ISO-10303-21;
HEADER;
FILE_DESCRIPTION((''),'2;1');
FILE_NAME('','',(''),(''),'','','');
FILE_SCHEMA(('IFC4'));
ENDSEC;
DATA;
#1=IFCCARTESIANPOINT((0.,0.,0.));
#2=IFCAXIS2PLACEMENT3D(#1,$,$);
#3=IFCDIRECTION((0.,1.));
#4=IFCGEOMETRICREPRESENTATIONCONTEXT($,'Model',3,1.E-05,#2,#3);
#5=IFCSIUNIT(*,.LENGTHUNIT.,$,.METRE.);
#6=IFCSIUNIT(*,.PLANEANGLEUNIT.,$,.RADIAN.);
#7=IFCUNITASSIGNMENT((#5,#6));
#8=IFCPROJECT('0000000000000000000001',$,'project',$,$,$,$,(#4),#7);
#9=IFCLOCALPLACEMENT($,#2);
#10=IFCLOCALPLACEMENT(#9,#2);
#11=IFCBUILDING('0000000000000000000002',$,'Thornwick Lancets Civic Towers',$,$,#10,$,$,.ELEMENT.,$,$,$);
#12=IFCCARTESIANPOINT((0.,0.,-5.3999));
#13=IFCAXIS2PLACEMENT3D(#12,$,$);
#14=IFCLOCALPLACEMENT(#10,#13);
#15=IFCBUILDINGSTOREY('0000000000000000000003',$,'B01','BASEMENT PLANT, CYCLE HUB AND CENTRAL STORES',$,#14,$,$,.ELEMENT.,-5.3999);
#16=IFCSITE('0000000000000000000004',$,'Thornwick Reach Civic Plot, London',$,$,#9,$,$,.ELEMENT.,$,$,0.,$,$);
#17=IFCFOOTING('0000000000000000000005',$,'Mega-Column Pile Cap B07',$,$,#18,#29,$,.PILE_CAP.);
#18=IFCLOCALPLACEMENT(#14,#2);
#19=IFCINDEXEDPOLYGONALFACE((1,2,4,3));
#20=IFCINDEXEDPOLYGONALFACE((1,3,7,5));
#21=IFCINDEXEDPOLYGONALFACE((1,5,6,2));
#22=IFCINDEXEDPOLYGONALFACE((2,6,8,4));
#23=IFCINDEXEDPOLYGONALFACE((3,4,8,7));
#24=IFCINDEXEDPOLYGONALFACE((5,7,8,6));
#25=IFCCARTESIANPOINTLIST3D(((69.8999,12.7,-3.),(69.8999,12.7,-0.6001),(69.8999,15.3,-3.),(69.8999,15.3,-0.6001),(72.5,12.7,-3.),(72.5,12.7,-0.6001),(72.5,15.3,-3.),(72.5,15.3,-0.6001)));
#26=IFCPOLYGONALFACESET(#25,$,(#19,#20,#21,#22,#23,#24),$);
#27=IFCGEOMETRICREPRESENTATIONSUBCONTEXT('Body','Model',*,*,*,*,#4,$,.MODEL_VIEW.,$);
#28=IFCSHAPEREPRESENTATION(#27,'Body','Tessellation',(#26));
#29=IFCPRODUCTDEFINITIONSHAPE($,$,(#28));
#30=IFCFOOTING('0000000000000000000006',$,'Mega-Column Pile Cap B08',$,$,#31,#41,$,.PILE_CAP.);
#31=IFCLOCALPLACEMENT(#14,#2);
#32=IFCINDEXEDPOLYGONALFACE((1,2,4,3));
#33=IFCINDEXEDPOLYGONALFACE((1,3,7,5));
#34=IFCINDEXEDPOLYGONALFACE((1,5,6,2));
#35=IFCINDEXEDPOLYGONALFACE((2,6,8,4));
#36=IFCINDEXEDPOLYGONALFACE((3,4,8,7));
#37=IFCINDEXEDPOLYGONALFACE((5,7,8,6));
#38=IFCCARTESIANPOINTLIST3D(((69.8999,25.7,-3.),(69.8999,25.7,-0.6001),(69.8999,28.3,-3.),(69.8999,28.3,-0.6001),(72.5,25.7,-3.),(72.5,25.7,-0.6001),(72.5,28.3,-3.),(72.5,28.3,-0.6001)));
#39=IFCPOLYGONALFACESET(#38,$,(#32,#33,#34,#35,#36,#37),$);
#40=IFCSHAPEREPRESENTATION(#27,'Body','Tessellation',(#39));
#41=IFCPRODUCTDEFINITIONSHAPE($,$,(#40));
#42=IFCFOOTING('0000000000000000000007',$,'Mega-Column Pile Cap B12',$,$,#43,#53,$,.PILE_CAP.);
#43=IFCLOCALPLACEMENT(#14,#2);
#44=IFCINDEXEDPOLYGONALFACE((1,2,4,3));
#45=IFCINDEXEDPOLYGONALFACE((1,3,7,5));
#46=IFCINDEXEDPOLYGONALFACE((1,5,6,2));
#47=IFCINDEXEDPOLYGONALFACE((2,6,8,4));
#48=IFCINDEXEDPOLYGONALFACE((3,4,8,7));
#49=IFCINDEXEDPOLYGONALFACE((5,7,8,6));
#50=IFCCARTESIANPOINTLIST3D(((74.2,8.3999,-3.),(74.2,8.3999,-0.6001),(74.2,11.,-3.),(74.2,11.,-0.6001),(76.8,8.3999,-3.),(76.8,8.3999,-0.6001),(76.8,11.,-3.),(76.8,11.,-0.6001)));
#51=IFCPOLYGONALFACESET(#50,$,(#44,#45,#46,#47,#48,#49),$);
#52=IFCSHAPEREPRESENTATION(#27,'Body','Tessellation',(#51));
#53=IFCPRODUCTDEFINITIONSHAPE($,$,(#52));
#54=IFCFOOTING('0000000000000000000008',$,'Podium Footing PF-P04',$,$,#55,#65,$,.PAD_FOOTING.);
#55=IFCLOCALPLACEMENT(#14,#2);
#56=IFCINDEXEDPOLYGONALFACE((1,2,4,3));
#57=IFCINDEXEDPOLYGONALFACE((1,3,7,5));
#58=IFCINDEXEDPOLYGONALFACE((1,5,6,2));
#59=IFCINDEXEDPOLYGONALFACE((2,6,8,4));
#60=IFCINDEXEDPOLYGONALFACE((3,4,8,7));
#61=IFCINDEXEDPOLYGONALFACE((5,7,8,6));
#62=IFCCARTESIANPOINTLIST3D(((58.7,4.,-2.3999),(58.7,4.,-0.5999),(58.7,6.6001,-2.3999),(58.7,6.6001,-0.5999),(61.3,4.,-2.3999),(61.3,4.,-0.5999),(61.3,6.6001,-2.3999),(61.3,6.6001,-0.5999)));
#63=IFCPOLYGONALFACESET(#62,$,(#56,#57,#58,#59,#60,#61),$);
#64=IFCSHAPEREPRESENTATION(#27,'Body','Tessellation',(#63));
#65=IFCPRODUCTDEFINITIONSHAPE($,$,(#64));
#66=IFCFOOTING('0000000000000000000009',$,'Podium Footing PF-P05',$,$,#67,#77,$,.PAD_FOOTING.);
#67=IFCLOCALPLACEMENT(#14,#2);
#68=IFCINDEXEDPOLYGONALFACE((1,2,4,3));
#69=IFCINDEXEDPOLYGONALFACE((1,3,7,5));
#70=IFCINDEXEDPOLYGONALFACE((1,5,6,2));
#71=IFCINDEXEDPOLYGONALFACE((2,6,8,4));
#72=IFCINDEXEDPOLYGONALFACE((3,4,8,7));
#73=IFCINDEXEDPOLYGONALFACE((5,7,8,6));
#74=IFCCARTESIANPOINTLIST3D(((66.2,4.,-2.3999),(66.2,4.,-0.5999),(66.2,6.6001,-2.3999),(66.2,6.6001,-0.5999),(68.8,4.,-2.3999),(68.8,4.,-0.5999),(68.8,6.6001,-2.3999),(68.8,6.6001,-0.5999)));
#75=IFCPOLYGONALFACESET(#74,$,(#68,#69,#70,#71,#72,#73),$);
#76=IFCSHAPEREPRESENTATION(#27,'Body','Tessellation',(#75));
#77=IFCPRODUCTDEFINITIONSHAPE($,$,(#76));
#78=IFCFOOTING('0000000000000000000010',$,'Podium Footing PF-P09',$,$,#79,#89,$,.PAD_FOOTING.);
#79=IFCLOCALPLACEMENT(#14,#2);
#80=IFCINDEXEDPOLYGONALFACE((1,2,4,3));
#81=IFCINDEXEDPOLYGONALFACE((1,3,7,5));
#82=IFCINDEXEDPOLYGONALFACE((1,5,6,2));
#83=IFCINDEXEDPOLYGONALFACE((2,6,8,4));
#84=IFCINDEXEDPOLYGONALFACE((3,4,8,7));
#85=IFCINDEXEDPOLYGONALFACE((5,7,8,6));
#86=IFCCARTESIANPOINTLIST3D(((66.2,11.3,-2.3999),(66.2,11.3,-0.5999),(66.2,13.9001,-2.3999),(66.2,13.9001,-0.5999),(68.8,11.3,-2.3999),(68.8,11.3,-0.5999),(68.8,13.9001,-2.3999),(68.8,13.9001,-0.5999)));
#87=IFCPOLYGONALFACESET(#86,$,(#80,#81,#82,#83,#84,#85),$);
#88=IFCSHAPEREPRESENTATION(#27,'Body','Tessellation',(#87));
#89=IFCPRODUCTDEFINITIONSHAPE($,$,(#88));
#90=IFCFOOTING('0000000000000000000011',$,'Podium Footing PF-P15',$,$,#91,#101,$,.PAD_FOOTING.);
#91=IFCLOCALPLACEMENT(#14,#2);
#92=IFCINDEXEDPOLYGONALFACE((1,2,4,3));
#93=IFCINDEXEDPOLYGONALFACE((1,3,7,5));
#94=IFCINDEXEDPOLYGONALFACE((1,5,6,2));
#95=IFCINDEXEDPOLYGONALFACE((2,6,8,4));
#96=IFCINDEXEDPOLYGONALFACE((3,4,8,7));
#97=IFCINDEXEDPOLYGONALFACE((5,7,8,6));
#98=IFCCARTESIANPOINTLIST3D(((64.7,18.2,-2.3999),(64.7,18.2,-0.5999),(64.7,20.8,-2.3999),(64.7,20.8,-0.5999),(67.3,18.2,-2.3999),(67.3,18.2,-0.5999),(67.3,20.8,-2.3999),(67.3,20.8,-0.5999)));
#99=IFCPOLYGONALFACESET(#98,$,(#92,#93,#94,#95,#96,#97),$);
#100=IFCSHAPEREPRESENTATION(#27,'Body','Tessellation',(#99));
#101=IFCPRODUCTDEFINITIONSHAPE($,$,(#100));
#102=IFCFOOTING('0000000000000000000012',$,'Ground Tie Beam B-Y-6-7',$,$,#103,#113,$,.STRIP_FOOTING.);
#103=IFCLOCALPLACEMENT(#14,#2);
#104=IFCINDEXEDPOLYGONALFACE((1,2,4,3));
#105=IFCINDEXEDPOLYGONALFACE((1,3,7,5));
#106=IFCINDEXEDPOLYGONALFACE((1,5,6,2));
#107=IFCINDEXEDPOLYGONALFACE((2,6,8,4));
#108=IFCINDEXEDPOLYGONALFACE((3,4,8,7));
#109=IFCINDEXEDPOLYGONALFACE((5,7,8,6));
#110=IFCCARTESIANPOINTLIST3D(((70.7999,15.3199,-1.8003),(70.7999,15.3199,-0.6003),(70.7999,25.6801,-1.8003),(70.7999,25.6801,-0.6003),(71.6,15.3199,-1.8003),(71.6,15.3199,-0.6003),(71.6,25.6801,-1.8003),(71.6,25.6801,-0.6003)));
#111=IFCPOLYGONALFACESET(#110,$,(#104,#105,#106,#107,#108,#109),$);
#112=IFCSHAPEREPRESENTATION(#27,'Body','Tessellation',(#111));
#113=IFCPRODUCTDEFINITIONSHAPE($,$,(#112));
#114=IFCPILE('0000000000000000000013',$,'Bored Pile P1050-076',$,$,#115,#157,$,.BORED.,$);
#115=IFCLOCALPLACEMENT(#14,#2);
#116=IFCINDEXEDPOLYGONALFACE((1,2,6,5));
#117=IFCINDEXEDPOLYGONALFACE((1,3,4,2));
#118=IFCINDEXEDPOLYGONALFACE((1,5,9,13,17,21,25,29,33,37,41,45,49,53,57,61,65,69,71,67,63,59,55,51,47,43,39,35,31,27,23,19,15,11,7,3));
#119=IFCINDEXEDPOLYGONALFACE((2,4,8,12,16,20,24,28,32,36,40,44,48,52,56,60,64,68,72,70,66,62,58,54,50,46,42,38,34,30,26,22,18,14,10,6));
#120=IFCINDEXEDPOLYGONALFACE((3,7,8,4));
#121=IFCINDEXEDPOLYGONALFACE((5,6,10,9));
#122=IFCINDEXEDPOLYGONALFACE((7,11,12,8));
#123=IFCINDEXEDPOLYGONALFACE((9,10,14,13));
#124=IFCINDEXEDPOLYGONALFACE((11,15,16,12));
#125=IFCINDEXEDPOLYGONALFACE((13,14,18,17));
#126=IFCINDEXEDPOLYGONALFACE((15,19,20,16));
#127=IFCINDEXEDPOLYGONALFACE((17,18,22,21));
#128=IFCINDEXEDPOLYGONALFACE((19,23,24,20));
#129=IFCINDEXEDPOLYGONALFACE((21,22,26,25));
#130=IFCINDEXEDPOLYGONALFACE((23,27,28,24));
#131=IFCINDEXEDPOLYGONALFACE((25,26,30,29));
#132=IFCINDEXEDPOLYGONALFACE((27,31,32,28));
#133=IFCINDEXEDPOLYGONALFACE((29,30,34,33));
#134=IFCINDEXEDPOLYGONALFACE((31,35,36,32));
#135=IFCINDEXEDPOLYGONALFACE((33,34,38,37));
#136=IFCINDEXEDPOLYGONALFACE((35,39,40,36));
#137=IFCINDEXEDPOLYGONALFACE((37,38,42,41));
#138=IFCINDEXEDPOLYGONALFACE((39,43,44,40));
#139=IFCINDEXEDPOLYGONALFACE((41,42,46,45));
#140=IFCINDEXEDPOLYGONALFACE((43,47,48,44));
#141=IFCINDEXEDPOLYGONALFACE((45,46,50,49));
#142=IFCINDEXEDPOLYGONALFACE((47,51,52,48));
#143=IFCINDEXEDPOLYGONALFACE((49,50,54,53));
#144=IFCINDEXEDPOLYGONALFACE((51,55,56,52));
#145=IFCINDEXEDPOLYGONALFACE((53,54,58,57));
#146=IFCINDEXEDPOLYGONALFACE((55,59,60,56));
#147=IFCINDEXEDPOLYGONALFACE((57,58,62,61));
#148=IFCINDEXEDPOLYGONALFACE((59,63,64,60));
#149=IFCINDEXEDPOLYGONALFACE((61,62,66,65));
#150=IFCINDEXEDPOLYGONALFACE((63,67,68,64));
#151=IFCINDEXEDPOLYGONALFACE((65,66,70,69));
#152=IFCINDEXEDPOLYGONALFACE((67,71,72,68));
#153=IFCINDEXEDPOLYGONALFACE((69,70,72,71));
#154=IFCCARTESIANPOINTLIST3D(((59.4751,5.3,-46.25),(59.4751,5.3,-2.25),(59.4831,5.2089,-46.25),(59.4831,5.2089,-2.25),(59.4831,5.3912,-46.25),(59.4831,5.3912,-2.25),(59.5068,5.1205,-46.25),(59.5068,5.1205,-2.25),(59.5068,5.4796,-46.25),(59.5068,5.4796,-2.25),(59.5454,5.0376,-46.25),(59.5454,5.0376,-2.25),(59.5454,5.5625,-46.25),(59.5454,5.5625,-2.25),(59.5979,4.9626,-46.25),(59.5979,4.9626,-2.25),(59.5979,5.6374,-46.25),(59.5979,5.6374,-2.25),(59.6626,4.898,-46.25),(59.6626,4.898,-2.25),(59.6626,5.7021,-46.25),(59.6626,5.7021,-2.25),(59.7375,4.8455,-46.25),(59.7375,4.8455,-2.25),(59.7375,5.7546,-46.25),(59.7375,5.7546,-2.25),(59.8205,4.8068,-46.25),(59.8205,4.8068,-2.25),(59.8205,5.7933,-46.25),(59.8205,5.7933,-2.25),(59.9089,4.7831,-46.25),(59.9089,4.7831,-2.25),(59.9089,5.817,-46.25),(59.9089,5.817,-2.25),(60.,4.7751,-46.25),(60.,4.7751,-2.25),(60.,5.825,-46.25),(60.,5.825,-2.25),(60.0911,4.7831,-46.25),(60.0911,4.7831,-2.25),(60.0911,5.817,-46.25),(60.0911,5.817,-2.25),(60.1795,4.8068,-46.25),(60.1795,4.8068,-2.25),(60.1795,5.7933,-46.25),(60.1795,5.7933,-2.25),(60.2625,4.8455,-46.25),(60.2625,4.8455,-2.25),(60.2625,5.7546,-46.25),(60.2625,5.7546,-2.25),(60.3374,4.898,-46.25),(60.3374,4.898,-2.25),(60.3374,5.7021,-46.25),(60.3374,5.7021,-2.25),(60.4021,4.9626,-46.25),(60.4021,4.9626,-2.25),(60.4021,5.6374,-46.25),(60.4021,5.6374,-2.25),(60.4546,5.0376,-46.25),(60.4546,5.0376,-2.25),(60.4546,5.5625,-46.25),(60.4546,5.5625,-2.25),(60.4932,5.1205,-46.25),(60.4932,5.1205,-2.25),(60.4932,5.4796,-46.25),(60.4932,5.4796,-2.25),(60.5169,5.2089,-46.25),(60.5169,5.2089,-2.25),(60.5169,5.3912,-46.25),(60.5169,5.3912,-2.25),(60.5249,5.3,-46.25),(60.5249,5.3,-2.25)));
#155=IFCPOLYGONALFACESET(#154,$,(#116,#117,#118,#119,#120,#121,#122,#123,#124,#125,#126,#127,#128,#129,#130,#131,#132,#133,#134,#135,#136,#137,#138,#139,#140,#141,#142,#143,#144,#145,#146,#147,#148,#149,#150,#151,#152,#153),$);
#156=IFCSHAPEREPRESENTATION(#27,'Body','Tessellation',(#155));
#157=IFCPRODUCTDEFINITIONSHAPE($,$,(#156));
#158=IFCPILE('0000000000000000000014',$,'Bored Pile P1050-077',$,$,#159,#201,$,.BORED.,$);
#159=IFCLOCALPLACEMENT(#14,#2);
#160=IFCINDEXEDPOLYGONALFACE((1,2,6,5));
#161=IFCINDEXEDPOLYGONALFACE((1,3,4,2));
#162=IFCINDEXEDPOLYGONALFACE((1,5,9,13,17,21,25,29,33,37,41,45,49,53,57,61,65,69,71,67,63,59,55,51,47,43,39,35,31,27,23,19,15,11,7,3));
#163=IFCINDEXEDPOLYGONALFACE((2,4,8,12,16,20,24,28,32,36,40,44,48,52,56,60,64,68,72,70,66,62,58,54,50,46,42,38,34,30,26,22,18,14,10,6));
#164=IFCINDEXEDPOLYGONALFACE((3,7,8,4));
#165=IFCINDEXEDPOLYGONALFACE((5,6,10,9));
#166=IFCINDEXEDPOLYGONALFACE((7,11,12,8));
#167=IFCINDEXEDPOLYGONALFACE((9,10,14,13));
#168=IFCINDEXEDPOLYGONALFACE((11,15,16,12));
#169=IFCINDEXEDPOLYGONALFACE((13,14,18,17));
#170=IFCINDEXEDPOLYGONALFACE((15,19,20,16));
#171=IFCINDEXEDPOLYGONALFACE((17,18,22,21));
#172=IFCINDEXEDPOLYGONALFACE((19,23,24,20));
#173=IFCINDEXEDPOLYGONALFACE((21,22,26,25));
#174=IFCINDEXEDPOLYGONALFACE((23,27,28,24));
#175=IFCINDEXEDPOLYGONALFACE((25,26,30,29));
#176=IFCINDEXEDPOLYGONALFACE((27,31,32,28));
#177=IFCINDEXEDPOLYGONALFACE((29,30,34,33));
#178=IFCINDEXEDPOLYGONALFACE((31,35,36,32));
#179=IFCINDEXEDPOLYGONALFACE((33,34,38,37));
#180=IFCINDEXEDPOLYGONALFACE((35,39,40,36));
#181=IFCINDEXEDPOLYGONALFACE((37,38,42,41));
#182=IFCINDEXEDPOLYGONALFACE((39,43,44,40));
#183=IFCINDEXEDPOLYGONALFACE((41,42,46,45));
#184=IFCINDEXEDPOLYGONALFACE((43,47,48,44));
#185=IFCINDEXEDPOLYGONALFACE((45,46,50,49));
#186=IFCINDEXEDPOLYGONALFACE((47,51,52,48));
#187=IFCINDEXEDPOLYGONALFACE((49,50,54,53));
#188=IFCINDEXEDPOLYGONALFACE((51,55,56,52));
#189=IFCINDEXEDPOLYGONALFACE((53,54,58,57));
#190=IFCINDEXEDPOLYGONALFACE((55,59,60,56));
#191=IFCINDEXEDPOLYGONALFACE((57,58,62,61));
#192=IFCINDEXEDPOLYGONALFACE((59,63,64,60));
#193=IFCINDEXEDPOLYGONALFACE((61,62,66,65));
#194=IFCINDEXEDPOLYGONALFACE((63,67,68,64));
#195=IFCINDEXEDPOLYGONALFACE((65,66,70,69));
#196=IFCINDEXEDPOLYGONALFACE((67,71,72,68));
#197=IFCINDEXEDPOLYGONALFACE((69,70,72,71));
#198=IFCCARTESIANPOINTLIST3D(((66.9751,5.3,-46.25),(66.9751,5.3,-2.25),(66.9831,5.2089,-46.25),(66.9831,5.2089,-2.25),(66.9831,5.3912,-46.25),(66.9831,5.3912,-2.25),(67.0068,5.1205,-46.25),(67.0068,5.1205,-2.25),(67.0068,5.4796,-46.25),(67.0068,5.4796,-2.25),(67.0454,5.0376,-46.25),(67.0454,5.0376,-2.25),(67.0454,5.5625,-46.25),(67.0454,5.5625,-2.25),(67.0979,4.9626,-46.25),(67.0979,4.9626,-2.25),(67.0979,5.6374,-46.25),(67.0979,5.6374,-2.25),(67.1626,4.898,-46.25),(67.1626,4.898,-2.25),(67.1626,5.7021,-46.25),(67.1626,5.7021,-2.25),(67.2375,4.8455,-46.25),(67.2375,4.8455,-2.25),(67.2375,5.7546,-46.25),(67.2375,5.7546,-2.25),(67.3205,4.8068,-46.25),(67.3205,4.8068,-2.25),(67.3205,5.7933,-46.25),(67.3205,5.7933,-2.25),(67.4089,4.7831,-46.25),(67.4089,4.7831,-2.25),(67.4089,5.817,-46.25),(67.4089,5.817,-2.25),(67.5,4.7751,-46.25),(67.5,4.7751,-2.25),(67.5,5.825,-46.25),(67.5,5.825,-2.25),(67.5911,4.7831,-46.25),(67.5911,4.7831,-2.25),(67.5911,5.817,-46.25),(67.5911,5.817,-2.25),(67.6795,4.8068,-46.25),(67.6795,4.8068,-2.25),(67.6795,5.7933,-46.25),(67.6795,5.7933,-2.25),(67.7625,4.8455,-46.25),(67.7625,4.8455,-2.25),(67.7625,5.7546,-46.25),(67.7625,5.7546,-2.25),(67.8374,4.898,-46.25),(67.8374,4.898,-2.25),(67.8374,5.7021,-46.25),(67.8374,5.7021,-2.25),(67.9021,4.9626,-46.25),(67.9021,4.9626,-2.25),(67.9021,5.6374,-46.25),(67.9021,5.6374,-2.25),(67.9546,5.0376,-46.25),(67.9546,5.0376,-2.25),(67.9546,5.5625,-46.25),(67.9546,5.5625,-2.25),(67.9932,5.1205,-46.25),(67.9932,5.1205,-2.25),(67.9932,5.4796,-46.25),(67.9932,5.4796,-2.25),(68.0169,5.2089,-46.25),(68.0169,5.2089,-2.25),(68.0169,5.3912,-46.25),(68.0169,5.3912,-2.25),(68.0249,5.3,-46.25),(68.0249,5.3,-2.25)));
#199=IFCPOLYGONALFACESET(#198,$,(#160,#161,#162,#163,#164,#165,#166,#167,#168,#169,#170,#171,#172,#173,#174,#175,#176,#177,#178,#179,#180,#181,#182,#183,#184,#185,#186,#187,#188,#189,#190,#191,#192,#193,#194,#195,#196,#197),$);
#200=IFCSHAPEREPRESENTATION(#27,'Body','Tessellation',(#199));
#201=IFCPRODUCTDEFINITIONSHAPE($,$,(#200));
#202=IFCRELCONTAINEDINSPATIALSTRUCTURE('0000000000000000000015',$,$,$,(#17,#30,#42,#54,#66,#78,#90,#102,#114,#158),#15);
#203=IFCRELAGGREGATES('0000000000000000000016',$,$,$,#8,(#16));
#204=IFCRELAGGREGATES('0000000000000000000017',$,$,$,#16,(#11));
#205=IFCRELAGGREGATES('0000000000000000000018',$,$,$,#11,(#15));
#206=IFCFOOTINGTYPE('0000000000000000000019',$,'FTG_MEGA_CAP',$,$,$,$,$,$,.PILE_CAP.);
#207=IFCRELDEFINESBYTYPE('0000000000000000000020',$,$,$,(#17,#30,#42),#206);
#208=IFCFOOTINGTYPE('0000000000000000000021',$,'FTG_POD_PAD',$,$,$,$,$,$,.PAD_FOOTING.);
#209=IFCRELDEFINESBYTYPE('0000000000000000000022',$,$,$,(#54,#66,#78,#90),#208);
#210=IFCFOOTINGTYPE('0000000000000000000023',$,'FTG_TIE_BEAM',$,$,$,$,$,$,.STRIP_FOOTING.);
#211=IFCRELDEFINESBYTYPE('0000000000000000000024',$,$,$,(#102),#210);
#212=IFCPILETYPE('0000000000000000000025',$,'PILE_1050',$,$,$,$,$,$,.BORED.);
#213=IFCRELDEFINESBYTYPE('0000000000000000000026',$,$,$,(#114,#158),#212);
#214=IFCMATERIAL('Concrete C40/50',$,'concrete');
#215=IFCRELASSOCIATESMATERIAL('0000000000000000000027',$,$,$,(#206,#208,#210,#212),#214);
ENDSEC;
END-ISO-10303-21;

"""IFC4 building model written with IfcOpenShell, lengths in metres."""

from ifc_helpers import new_model, si_unit, direction, frame, origin, origin_2d, place, context, subcontext, project, spatial, rectangle, circle, extrude, material, material_profile, profile_set, type_object, element, save


model = new_model("IFC4")

# Units and contexts
model_context = context("Model", 3, precision=1e-05, world=origin(), true_north=direction((0.0, 1.0)))
body_context = subcontext(model_context, "Body", "Model", "MODEL_VIEW")
ifc_project = project(units=[si_unit("LENGTHUNIT", "METRE"), si_unit("PLANEANGLEUNIT", "RADIAN")], contexts=[model_context])

# Site, building, storey
site_placement = place(None, origin())
site = spatial("IfcSite", under=ifc_project, at=site_placement, Name="Thornwick Reach Civic Plot, London", CompositionType="ELEMENT", RefElevation=0.0)
building_placement = place(site_placement, origin())
building = spatial("IfcBuilding", under=site, at=building_placement, Name="Thornwick Lancets Civic Towers", CompositionType="ELEMENT")
storey_placement = place(building_placement, frame((0.0, 0.0, -5.3999)))
storey = spatial("IfcBuildingStorey", under=building, at=storey_placement, Name="B01", Description="BASEMENT PLANT, CYCLE HUB AND CENTRAL STORES", CompositionType="ELEMENT", Elevation=-5.3999)

# Footings
ifc_material_1 = material(Name="Concrete C40/50", Category="concrete")
footing_type_1 = type_object("IfcFootingType", Name="FTG_MEGA_CAP", PredefinedType="PILE_CAP", material=ifc_material_1)
for number, where, z_axis, x_axis, name in (
    (1, (71.2, 14.0, -3.0), (0.0, 0.0, 1.0), (1.0, 0.0, 0.0), "Mega-Column Pile Cap B07"),
    (2, (71.2, 27.0, -3.0), (0.0, 0.0, 1.0), (1.0, 0.0, 0.0), "Mega-Column Pile Cap B08"),
    (3, (75.5, 9.7, -3.0), (0.0, 0.0, 1.0), (1.0, 0.0, 0.0), "Mega-Column Pile Cap B12"),
):
    element("IfcFooting", number, at=place(storey_placement, frame(where, z_axis=z_axis, x_axis=x_axis)), inside=storey, type_object=footing_type_1, Name=name, PredefinedType="PILE_CAP", context=body_context, shape_type="SweptSolid", body=[
        extrude(rectangle(XDim=2.6001, YDim=2.6001, at=origin_2d()), origin(), (0.0, 0.0, 1.0), 2.3999),
    ])
footing_type_2 = type_object("IfcFootingType", Name="FTG_POD_PAD", PredefinedType="PAD_FOOTING", material=ifc_material_1)
for number, where, z_axis, x_axis, name in (
    (4, (60.0, 5.3, -2.3999), (0.0, 0.0, 1.0), (1.0, 0.0, 0.0), "Podium Footing PF-P04"),
    (5, (67.5, 5.3, -2.3999), (0.0, 0.0, 1.0), (1.0, 0.0, 0.0), "Podium Footing PF-P05"),
    (6, (67.5, 12.6001, -2.3999), (0.0, 0.0, 1.0), (1.0, 0.0, 0.0), "Podium Footing PF-P09"),
    (7, (66.0, 19.5, -2.3999), (0.0, 0.0, 1.0), (1.0, 0.0, 0.0), "Podium Footing PF-P15"),
):
    element("IfcFooting", number, at=place(storey_placement, frame(where, z_axis=z_axis, x_axis=x_axis)), inside=storey, type_object=footing_type_2, Name=name, PredefinedType="PAD_FOOTING", context=body_context, shape_type="SweptSolid", body=[
        extrude(rectangle(XDim=2.6001, YDim=2.6001, at=origin_2d()), origin(), (0.0, 0.0, 1.0), 1.8),
    ])
footing_type_3 = type_object("IfcFootingType", Name="FTG_TIE_BEAM", PredefinedType="STRIP_FOOTING", material=ifc_material_1)
footing_placement = place(storey_placement, frame((71.2, 20.5, -1.8003), z_axis=(0.0, 0.0, 1.0), x_axis=(1.0, 0.0, 0.0)))
element("IfcFooting", 8, at=footing_placement, inside=storey, type_object=footing_type_3, Name="Ground Tie Beam B-Y-6-7", PredefinedType="STRIP_FOOTING", context=body_context, shape_type="SweptSolid", body=[
    extrude(rectangle(XDim=0.8, YDim=10.3601, at=origin_2d()), origin(), (0.0, 0.0, 1.0), 1.2),
])

# Piles
ifc_material_profile_1 = material_profile(ifc_material_1, circle(Radius=0.5249, at=origin_2d()), Name="PILE D1050")
ifc_profile_set_1 = profile_set([ifc_material_profile_1], Name="Concrete C40/50")
pile_type_1 = type_object("IfcPileType", Name="PILE_1050", PredefinedType="BORED", material=ifc_profile_set_1)
for number, where, z_axis, x_axis, name in (
    (9, (60.0, 5.3, -2.25), (0.0, 0.0, -1.0), (1.0, 0.0, 0.0), "Bored Pile P1050-076"),
    (10, (67.5, 5.3, -2.25), (0.0, 0.0, -1.0), (1.0, 0.0, 0.0), "Bored Pile P1050-077"),
):
    element("IfcPile", number, at=place(storey_placement, frame(where, z_axis=z_axis, x_axis=x_axis)), inside=storey, type_object=pile_type_1, Name=name, PredefinedType="BORED", context=body_context, shape_type="SweptSolid", body=[
        extrude(circle(Radius=0.5249, at=origin_2d()), origin(), (0.0, 0.0, 1.0), 44.0),
    ])

save(model, "model.ifc")
